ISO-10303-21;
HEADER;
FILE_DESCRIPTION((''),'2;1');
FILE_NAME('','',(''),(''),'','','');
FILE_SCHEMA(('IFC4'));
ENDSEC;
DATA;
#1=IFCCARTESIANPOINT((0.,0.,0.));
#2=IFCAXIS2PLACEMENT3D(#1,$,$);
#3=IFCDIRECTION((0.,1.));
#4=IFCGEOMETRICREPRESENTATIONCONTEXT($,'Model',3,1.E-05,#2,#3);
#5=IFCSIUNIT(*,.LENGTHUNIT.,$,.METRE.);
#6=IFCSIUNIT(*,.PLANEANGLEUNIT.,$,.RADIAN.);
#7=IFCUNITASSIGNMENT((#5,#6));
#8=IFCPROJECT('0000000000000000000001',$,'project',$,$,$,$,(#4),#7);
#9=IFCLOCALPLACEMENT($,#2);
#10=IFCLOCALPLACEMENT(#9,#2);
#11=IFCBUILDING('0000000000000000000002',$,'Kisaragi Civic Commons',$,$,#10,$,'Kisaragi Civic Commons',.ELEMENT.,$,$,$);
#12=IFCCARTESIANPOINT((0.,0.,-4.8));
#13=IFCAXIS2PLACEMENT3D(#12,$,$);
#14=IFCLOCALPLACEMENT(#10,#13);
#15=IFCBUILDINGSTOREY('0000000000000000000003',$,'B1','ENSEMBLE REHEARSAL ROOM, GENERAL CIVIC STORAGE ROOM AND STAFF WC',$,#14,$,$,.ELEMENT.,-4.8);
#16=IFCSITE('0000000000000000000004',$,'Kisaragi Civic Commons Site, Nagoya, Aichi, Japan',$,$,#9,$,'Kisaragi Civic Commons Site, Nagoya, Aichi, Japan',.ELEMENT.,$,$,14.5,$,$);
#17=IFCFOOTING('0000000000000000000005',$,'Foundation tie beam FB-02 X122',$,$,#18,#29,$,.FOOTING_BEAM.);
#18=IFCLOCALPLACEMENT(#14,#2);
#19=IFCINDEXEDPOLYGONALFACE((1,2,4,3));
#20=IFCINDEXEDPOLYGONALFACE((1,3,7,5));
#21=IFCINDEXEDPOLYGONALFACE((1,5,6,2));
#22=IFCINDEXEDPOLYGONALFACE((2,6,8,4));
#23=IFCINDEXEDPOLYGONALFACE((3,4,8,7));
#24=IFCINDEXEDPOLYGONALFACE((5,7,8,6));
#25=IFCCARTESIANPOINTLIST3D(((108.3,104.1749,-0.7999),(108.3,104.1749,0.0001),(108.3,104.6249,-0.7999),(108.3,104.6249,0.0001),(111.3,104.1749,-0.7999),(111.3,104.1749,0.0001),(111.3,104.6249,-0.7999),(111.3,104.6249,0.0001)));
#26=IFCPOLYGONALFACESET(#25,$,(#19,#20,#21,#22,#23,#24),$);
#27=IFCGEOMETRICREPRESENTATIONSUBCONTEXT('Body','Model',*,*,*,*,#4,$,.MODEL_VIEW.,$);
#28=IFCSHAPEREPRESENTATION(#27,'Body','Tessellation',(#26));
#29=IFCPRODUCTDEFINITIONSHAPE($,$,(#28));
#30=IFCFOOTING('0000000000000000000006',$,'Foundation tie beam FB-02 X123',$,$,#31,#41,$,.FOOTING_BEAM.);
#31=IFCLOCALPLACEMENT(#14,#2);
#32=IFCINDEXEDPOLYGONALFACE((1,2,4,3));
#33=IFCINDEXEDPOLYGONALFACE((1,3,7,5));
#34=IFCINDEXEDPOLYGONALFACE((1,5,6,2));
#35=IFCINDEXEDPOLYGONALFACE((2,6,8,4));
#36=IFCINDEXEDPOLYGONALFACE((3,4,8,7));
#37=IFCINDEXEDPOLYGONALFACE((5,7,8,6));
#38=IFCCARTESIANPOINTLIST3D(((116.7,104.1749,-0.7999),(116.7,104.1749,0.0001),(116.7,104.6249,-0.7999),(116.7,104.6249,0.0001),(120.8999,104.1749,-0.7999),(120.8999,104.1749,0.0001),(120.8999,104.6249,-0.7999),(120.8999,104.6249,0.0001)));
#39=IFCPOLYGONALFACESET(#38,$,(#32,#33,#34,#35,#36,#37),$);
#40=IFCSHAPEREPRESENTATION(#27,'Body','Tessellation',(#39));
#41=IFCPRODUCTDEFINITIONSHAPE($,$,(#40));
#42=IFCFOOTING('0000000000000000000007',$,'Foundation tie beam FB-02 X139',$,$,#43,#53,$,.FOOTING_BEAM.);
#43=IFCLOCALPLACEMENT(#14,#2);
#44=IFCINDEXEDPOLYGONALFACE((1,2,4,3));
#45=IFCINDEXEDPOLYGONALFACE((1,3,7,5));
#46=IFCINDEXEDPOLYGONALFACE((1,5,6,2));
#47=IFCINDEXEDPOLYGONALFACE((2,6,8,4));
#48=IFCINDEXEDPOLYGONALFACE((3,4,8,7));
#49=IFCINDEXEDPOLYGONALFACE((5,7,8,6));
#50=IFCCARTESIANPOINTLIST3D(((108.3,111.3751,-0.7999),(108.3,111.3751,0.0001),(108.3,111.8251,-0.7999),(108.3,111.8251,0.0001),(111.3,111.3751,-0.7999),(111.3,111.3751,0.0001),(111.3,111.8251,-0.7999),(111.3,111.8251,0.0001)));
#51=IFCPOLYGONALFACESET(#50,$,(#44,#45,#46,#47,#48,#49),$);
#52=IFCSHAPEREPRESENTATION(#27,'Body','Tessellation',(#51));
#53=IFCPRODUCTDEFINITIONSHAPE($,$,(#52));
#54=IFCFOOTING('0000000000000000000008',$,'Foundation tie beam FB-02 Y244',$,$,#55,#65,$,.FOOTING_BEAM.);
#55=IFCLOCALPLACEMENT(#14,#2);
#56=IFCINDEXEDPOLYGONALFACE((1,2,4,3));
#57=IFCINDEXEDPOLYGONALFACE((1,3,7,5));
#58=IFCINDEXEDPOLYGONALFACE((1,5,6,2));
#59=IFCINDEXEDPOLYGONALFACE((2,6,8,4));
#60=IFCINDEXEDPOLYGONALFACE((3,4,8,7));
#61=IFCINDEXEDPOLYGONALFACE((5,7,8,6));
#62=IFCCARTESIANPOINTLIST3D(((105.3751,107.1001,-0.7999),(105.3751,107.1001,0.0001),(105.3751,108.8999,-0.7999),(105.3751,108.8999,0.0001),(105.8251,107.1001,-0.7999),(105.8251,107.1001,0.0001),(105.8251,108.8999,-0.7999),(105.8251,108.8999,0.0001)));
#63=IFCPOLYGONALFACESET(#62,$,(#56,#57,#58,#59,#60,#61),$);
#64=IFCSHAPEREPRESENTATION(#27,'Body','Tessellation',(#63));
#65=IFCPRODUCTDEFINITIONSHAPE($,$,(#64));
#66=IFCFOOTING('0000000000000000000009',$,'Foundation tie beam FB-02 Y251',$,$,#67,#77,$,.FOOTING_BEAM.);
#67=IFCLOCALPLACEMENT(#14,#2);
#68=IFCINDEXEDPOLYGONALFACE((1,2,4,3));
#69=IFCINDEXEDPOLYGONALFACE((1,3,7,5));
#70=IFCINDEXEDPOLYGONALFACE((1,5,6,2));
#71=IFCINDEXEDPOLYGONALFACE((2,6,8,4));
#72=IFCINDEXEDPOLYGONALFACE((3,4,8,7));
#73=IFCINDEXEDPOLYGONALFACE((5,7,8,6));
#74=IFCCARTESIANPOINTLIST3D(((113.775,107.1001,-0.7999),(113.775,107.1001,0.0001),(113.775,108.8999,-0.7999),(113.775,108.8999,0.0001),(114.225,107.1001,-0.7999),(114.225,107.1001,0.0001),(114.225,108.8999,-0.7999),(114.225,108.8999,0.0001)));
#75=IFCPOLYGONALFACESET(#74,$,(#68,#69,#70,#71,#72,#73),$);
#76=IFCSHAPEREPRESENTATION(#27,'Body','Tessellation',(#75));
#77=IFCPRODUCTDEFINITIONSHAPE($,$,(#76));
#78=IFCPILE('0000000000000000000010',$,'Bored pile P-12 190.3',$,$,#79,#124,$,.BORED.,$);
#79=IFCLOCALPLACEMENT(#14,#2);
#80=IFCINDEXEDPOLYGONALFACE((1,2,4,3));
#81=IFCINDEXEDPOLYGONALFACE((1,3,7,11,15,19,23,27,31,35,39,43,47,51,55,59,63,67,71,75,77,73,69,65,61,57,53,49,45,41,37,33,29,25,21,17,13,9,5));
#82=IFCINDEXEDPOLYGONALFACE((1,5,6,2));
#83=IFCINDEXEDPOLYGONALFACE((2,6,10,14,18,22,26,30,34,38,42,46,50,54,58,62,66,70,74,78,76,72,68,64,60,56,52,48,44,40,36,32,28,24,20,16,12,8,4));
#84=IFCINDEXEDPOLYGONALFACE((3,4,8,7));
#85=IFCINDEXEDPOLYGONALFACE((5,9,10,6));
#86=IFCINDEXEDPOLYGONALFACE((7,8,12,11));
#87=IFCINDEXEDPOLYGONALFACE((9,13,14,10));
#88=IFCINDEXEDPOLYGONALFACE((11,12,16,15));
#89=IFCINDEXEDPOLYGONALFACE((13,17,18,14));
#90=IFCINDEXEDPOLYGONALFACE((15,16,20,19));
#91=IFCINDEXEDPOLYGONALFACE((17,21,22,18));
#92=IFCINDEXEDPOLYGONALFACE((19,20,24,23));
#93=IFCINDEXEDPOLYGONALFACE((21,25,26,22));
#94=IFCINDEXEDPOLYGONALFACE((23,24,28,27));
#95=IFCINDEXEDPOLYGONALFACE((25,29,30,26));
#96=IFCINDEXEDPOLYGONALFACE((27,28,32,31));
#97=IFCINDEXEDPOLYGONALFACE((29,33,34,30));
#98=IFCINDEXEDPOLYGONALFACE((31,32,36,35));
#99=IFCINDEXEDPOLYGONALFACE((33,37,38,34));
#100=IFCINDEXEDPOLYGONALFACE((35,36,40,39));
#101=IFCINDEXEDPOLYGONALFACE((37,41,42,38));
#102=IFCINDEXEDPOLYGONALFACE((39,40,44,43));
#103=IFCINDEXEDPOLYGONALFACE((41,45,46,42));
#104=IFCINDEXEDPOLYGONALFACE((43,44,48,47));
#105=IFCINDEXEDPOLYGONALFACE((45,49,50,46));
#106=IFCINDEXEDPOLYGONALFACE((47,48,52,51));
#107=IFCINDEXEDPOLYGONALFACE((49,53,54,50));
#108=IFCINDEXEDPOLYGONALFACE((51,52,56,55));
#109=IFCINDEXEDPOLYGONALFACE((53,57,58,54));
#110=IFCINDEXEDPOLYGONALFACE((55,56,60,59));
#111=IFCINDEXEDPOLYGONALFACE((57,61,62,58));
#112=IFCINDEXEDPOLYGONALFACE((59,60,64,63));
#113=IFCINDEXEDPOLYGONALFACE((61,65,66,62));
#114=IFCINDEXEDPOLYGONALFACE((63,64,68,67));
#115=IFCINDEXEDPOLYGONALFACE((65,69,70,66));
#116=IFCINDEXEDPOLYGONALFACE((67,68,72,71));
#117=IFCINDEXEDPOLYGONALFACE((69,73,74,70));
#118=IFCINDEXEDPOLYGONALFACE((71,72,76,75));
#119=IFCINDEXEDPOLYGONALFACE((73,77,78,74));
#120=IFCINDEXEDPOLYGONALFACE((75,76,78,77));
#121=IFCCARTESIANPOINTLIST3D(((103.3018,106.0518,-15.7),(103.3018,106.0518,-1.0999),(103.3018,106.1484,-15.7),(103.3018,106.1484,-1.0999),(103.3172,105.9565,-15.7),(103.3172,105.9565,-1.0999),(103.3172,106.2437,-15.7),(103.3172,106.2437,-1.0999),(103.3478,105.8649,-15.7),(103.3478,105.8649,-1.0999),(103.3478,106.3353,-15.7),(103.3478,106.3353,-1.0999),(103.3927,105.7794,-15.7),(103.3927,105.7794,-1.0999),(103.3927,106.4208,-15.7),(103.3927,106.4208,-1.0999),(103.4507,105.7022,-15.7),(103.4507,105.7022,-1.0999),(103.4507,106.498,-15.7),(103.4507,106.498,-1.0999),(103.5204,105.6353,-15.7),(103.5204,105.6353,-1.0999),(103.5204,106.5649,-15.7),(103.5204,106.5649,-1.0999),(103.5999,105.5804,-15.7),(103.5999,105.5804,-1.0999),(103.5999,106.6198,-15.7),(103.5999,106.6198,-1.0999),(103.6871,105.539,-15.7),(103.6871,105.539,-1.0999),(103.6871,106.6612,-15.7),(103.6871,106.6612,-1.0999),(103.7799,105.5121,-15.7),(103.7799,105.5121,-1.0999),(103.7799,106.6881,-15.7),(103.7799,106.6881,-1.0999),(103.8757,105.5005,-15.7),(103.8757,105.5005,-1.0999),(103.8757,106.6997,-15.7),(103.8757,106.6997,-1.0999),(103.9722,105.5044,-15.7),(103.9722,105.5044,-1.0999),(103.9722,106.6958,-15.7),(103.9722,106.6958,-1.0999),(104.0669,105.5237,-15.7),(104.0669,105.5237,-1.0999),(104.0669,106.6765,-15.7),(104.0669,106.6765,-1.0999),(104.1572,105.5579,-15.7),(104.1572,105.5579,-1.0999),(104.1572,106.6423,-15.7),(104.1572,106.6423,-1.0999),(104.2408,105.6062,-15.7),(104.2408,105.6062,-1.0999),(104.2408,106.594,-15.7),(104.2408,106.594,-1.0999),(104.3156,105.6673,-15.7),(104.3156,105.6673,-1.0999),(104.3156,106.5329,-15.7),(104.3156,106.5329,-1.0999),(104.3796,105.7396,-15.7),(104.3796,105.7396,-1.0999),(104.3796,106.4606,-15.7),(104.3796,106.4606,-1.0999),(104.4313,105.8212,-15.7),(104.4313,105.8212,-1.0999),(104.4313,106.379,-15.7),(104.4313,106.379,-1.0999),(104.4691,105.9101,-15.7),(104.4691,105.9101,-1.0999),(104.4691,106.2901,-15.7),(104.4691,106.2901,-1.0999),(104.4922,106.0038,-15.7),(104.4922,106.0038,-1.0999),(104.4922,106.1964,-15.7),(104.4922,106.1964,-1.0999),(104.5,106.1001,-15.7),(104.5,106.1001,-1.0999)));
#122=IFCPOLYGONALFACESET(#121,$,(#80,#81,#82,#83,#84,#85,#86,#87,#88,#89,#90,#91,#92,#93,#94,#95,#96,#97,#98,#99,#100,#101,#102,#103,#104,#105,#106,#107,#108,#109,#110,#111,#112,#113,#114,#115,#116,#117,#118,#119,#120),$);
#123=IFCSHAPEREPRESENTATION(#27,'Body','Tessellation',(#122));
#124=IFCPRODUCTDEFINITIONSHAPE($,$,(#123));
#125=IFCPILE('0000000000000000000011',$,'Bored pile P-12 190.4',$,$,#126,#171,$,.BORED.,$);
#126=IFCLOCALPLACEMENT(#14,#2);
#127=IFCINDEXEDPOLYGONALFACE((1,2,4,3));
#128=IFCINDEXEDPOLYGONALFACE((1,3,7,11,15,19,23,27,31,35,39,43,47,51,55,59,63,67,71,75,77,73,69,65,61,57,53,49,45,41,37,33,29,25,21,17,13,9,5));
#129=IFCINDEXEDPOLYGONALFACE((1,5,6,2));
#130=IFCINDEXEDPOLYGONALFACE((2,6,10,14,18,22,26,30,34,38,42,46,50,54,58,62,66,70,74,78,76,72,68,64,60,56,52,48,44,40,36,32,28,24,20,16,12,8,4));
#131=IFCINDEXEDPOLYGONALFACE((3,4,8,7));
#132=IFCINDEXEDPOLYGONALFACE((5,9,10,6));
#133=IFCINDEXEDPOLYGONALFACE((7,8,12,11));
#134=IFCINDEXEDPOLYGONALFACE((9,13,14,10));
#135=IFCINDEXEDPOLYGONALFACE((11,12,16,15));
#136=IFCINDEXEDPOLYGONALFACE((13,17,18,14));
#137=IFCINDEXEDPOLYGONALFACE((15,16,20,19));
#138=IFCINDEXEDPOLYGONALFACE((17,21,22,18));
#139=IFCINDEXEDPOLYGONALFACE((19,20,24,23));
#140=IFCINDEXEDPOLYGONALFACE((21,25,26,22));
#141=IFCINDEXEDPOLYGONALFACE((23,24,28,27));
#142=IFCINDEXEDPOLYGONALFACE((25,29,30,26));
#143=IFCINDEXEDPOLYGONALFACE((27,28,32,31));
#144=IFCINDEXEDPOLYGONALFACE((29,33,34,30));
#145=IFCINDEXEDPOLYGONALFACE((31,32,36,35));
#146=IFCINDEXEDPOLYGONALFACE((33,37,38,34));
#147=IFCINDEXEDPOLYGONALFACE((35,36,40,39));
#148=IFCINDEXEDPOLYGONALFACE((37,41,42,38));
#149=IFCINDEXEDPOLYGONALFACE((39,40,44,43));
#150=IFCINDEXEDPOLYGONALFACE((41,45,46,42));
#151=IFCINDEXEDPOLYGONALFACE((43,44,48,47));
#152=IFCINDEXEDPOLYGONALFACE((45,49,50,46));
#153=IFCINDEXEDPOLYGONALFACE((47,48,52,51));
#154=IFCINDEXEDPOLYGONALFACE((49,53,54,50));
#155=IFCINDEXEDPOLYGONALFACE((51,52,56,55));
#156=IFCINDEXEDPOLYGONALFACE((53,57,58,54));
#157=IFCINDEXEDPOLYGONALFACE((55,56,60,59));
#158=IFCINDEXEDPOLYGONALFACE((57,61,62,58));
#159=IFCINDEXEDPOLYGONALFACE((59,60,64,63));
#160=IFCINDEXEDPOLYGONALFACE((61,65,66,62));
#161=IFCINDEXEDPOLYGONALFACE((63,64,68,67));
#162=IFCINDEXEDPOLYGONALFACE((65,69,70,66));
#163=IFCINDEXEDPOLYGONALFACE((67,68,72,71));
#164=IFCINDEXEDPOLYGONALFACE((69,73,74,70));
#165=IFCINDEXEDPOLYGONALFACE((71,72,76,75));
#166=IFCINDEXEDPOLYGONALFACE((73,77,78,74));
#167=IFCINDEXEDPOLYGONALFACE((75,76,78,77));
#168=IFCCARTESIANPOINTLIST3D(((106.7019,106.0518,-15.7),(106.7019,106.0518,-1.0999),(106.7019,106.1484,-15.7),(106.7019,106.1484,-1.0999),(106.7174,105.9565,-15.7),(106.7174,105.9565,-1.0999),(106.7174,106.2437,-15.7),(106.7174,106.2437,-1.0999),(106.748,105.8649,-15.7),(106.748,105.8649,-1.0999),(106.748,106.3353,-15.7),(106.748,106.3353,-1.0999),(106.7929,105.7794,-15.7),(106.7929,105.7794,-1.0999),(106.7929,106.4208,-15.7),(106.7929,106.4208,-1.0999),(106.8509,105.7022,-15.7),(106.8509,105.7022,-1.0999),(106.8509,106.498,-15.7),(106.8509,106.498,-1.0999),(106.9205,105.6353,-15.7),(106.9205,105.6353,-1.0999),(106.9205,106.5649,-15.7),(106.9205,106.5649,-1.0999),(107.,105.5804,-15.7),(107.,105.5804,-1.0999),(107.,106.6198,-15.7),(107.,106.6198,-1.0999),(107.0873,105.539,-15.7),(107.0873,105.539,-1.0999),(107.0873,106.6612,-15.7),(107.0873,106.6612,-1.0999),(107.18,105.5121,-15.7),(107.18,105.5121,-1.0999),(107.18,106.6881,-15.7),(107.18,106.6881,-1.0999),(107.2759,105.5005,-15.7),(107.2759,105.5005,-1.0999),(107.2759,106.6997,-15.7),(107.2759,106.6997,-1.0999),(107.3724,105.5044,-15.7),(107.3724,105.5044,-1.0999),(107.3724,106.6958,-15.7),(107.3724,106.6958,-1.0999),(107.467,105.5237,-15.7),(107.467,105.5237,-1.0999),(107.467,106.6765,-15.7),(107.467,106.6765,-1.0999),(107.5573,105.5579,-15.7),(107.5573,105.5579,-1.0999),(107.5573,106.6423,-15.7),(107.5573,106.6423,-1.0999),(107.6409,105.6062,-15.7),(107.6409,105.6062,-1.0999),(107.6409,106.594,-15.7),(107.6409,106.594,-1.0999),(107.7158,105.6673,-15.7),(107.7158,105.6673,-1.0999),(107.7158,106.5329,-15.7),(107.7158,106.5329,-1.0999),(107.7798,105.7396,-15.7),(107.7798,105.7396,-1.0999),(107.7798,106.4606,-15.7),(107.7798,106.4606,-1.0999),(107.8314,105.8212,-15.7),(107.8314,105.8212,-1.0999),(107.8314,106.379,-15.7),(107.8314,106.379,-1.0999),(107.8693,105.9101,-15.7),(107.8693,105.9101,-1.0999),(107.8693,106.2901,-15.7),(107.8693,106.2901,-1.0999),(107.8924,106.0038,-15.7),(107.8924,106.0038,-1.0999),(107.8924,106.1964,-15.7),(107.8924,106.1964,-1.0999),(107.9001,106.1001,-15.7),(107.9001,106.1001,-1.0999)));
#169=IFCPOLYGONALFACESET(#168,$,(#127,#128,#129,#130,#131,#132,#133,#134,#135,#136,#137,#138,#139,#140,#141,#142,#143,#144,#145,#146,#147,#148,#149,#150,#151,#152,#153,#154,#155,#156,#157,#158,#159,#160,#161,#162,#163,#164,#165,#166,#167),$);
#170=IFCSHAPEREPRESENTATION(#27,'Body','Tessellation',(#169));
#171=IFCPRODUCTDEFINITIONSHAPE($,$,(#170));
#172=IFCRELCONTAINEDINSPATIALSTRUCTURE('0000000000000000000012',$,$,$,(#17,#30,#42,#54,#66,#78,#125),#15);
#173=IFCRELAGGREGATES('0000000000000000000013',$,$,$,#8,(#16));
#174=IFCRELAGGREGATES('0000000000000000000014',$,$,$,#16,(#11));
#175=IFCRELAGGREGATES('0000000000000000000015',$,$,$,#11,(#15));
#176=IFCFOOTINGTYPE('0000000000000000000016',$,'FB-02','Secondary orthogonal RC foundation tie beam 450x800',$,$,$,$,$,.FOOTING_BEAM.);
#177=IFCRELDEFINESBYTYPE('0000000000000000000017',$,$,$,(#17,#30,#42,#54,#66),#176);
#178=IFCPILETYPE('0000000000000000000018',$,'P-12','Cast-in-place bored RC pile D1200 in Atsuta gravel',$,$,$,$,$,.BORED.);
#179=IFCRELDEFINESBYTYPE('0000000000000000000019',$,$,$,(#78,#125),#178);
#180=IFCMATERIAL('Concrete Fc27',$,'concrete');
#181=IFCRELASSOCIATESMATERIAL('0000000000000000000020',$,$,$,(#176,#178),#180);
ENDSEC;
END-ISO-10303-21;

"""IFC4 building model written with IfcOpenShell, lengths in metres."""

from ifc_helpers import new_model, si_unit, direction, frame, origin, origin_2d, place, context, subcontext, project, spatial, rectangle, circle, extrude, material, material_profile, profile_set, type_object, element, save


model = new_model("IFC4")

# Units and contexts
model_context = context("Model", 3, precision=1e-05, world=origin(), true_north=direction((0.0, 1.0)))
body_context = subcontext(model_context, "Body", "Model", "MODEL_VIEW")
ifc_project = project(units=[si_unit("LENGTHUNIT", "METRE"), si_unit("PLANEANGLEUNIT", "RADIAN")], contexts=[model_context])

# Site, building, storey
site_placement = place(None, origin())
site = spatial("IfcSite", under=ifc_project, at=site_placement, Name="Kisaragi Civic Commons Site, Nagoya, Aichi, Japan", LongName="Kisaragi Civic Commons Site, Nagoya, Aichi, Japan", CompositionType="ELEMENT", RefElevation=14.5)
building_placement = place(site_placement, origin())
building = spatial("IfcBuilding", under=site, at=building_placement, Name="Kisaragi Civic Commons", LongName="Kisaragi Civic Commons", CompositionType="ELEMENT")
storey_placement = place(building_placement, frame((0.0, 0.0, -4.8)))
storey = spatial("IfcBuildingStorey", under=building, at=storey_placement, Name="B1", Description="ENSEMBLE REHEARSAL ROOM, GENERAL CIVIC STORAGE ROOM AND STAFF WC", CompositionType="ELEMENT", Elevation=-4.8)

# Footings
ifc_material_1 = material(Name="Concrete Fc27", Category="concrete")
ifc_material_profile_1 = material_profile(ifc_material_1, rectangle(XDim=0.45, YDim=0.8, at=origin_2d()), Name="RC-450x800", Category="concrete")
ifc_profile_set_1 = profile_set([ifc_material_profile_1], Name="Concrete Fc27")
footing_type_1 = type_object("IfcFootingType", Name="FB-02", Description="Secondary orthogonal RC foundation tie beam 450x800", PredefinedType="FOOTING_BEAM", material=ifc_profile_set_1)
footing_1_placement = place(storey_placement, frame((108.3, 104.3999, -0.3999), z_axis=(1.0, 0.0, 0.0), x_axis=(0.0, 1.0, 0.0)))
element("IfcFooting", 1, at=footing_1_placement, inside=storey, type_object=footing_type_1, Name="Foundation tie beam FB-02 X122", PredefinedType="FOOTING_BEAM", context=body_context, shape_type="SweptSolid", body=[
    extrude(rectangle(XDim=0.45, YDim=0.8, at=origin_2d()), origin(), (0.0, 0.0, 1.0), 3.0),
])
footing_2_placement = place(storey_placement, frame((116.7, 104.3999, -0.3999), z_axis=(1.0, 0.0, 0.0), x_axis=(0.0, 1.0, 0.0)))
element("IfcFooting", 2, at=footing_2_placement, inside=storey, type_object=footing_type_1, Name="Foundation tie beam FB-02 X123", PredefinedType="FOOTING_BEAM", context=body_context, shape_type="SweptSolid", body=[
    extrude(rectangle(XDim=0.45, YDim=0.8, at=origin_2d()), origin(), (0.0, 0.0, 1.0), 4.2),
])
footing_3_placement = place(storey_placement, frame((108.3, 111.6001, -0.3999), z_axis=(1.0, 0.0, 0.0), x_axis=(0.0, 1.0, 0.0)))
element("IfcFooting", 3, at=footing_3_placement, inside=storey, type_object=footing_type_1, Name="Foundation tie beam FB-02 X139", PredefinedType="FOOTING_BEAM", context=body_context, shape_type="SweptSolid", body=[
    extrude(rectangle(XDim=0.45, YDim=0.8, at=origin_2d()), origin(), (0.0, 0.0, 1.0), 3.0),
])
for number, where, z_axis, x_axis, name in (
    (4, (105.6001, 107.1001, -0.3999), (0.0, 1.0, 0.0), (-1.0, 0.0, 0.0), "Foundation tie beam FB-02 Y244"),
    (5, (114.0, 107.1001, -0.3999), (0.0, 1.0, 0.0), (-1.0, 0.0, 0.0), "Foundation tie beam FB-02 Y251"),
):
    element("IfcFooting", number, at=place(storey_placement, frame(where, z_axis=z_axis, x_axis=x_axis)), inside=storey, type_object=footing_type_1, Name=name, PredefinedType="FOOTING_BEAM", context=body_context, shape_type="SweptSolid", body=[
        extrude(rectangle(XDim=0.45, YDim=0.8, at=origin_2d()), origin(), (0.0, 0.0, 1.0), 1.7998),
    ])

# Piles
ifc_material_profile_2 = material_profile(ifc_material_1, circle(Radius=0.6001, at=origin_2d()), Name="PILE-D1200", Category="concrete")
ifc_profile_set_2 = profile_set([ifc_material_profile_2], Name="Concrete Fc27")
pile_type = type_object("IfcPileType", Name="P-12", Description="Cast-in-place bored RC pile D1200 in Atsuta gravel", PredefinedType="BORED", material=ifc_profile_set_2)
for number, where, z_axis, x_axis, name in (
    (6, (103.8999, 106.1001, -1.0999), (0.0, 0.0, -1.0), (1.0, 0.0, 0.0), "Bored pile P-12 190.3"),
    (7, (107.3, 106.1001, -1.0999), (0.0, 0.0, -1.0), (1.0, 0.0, 0.0), "Bored pile P-12 190.4"),
):
    element("IfcPile", number, at=place(storey_placement, frame(where, z_axis=z_axis, x_axis=x_axis)), inside=storey, type_object=pile_type, Name=name, PredefinedType="BORED", context=body_context, shape_type="SweptSolid", body=[
        extrude(circle(Radius=0.6001, at=origin_2d()), origin(), (0.0, 0.0, 1.0), 14.6001),
    ])

save(model, "model.ifc")
